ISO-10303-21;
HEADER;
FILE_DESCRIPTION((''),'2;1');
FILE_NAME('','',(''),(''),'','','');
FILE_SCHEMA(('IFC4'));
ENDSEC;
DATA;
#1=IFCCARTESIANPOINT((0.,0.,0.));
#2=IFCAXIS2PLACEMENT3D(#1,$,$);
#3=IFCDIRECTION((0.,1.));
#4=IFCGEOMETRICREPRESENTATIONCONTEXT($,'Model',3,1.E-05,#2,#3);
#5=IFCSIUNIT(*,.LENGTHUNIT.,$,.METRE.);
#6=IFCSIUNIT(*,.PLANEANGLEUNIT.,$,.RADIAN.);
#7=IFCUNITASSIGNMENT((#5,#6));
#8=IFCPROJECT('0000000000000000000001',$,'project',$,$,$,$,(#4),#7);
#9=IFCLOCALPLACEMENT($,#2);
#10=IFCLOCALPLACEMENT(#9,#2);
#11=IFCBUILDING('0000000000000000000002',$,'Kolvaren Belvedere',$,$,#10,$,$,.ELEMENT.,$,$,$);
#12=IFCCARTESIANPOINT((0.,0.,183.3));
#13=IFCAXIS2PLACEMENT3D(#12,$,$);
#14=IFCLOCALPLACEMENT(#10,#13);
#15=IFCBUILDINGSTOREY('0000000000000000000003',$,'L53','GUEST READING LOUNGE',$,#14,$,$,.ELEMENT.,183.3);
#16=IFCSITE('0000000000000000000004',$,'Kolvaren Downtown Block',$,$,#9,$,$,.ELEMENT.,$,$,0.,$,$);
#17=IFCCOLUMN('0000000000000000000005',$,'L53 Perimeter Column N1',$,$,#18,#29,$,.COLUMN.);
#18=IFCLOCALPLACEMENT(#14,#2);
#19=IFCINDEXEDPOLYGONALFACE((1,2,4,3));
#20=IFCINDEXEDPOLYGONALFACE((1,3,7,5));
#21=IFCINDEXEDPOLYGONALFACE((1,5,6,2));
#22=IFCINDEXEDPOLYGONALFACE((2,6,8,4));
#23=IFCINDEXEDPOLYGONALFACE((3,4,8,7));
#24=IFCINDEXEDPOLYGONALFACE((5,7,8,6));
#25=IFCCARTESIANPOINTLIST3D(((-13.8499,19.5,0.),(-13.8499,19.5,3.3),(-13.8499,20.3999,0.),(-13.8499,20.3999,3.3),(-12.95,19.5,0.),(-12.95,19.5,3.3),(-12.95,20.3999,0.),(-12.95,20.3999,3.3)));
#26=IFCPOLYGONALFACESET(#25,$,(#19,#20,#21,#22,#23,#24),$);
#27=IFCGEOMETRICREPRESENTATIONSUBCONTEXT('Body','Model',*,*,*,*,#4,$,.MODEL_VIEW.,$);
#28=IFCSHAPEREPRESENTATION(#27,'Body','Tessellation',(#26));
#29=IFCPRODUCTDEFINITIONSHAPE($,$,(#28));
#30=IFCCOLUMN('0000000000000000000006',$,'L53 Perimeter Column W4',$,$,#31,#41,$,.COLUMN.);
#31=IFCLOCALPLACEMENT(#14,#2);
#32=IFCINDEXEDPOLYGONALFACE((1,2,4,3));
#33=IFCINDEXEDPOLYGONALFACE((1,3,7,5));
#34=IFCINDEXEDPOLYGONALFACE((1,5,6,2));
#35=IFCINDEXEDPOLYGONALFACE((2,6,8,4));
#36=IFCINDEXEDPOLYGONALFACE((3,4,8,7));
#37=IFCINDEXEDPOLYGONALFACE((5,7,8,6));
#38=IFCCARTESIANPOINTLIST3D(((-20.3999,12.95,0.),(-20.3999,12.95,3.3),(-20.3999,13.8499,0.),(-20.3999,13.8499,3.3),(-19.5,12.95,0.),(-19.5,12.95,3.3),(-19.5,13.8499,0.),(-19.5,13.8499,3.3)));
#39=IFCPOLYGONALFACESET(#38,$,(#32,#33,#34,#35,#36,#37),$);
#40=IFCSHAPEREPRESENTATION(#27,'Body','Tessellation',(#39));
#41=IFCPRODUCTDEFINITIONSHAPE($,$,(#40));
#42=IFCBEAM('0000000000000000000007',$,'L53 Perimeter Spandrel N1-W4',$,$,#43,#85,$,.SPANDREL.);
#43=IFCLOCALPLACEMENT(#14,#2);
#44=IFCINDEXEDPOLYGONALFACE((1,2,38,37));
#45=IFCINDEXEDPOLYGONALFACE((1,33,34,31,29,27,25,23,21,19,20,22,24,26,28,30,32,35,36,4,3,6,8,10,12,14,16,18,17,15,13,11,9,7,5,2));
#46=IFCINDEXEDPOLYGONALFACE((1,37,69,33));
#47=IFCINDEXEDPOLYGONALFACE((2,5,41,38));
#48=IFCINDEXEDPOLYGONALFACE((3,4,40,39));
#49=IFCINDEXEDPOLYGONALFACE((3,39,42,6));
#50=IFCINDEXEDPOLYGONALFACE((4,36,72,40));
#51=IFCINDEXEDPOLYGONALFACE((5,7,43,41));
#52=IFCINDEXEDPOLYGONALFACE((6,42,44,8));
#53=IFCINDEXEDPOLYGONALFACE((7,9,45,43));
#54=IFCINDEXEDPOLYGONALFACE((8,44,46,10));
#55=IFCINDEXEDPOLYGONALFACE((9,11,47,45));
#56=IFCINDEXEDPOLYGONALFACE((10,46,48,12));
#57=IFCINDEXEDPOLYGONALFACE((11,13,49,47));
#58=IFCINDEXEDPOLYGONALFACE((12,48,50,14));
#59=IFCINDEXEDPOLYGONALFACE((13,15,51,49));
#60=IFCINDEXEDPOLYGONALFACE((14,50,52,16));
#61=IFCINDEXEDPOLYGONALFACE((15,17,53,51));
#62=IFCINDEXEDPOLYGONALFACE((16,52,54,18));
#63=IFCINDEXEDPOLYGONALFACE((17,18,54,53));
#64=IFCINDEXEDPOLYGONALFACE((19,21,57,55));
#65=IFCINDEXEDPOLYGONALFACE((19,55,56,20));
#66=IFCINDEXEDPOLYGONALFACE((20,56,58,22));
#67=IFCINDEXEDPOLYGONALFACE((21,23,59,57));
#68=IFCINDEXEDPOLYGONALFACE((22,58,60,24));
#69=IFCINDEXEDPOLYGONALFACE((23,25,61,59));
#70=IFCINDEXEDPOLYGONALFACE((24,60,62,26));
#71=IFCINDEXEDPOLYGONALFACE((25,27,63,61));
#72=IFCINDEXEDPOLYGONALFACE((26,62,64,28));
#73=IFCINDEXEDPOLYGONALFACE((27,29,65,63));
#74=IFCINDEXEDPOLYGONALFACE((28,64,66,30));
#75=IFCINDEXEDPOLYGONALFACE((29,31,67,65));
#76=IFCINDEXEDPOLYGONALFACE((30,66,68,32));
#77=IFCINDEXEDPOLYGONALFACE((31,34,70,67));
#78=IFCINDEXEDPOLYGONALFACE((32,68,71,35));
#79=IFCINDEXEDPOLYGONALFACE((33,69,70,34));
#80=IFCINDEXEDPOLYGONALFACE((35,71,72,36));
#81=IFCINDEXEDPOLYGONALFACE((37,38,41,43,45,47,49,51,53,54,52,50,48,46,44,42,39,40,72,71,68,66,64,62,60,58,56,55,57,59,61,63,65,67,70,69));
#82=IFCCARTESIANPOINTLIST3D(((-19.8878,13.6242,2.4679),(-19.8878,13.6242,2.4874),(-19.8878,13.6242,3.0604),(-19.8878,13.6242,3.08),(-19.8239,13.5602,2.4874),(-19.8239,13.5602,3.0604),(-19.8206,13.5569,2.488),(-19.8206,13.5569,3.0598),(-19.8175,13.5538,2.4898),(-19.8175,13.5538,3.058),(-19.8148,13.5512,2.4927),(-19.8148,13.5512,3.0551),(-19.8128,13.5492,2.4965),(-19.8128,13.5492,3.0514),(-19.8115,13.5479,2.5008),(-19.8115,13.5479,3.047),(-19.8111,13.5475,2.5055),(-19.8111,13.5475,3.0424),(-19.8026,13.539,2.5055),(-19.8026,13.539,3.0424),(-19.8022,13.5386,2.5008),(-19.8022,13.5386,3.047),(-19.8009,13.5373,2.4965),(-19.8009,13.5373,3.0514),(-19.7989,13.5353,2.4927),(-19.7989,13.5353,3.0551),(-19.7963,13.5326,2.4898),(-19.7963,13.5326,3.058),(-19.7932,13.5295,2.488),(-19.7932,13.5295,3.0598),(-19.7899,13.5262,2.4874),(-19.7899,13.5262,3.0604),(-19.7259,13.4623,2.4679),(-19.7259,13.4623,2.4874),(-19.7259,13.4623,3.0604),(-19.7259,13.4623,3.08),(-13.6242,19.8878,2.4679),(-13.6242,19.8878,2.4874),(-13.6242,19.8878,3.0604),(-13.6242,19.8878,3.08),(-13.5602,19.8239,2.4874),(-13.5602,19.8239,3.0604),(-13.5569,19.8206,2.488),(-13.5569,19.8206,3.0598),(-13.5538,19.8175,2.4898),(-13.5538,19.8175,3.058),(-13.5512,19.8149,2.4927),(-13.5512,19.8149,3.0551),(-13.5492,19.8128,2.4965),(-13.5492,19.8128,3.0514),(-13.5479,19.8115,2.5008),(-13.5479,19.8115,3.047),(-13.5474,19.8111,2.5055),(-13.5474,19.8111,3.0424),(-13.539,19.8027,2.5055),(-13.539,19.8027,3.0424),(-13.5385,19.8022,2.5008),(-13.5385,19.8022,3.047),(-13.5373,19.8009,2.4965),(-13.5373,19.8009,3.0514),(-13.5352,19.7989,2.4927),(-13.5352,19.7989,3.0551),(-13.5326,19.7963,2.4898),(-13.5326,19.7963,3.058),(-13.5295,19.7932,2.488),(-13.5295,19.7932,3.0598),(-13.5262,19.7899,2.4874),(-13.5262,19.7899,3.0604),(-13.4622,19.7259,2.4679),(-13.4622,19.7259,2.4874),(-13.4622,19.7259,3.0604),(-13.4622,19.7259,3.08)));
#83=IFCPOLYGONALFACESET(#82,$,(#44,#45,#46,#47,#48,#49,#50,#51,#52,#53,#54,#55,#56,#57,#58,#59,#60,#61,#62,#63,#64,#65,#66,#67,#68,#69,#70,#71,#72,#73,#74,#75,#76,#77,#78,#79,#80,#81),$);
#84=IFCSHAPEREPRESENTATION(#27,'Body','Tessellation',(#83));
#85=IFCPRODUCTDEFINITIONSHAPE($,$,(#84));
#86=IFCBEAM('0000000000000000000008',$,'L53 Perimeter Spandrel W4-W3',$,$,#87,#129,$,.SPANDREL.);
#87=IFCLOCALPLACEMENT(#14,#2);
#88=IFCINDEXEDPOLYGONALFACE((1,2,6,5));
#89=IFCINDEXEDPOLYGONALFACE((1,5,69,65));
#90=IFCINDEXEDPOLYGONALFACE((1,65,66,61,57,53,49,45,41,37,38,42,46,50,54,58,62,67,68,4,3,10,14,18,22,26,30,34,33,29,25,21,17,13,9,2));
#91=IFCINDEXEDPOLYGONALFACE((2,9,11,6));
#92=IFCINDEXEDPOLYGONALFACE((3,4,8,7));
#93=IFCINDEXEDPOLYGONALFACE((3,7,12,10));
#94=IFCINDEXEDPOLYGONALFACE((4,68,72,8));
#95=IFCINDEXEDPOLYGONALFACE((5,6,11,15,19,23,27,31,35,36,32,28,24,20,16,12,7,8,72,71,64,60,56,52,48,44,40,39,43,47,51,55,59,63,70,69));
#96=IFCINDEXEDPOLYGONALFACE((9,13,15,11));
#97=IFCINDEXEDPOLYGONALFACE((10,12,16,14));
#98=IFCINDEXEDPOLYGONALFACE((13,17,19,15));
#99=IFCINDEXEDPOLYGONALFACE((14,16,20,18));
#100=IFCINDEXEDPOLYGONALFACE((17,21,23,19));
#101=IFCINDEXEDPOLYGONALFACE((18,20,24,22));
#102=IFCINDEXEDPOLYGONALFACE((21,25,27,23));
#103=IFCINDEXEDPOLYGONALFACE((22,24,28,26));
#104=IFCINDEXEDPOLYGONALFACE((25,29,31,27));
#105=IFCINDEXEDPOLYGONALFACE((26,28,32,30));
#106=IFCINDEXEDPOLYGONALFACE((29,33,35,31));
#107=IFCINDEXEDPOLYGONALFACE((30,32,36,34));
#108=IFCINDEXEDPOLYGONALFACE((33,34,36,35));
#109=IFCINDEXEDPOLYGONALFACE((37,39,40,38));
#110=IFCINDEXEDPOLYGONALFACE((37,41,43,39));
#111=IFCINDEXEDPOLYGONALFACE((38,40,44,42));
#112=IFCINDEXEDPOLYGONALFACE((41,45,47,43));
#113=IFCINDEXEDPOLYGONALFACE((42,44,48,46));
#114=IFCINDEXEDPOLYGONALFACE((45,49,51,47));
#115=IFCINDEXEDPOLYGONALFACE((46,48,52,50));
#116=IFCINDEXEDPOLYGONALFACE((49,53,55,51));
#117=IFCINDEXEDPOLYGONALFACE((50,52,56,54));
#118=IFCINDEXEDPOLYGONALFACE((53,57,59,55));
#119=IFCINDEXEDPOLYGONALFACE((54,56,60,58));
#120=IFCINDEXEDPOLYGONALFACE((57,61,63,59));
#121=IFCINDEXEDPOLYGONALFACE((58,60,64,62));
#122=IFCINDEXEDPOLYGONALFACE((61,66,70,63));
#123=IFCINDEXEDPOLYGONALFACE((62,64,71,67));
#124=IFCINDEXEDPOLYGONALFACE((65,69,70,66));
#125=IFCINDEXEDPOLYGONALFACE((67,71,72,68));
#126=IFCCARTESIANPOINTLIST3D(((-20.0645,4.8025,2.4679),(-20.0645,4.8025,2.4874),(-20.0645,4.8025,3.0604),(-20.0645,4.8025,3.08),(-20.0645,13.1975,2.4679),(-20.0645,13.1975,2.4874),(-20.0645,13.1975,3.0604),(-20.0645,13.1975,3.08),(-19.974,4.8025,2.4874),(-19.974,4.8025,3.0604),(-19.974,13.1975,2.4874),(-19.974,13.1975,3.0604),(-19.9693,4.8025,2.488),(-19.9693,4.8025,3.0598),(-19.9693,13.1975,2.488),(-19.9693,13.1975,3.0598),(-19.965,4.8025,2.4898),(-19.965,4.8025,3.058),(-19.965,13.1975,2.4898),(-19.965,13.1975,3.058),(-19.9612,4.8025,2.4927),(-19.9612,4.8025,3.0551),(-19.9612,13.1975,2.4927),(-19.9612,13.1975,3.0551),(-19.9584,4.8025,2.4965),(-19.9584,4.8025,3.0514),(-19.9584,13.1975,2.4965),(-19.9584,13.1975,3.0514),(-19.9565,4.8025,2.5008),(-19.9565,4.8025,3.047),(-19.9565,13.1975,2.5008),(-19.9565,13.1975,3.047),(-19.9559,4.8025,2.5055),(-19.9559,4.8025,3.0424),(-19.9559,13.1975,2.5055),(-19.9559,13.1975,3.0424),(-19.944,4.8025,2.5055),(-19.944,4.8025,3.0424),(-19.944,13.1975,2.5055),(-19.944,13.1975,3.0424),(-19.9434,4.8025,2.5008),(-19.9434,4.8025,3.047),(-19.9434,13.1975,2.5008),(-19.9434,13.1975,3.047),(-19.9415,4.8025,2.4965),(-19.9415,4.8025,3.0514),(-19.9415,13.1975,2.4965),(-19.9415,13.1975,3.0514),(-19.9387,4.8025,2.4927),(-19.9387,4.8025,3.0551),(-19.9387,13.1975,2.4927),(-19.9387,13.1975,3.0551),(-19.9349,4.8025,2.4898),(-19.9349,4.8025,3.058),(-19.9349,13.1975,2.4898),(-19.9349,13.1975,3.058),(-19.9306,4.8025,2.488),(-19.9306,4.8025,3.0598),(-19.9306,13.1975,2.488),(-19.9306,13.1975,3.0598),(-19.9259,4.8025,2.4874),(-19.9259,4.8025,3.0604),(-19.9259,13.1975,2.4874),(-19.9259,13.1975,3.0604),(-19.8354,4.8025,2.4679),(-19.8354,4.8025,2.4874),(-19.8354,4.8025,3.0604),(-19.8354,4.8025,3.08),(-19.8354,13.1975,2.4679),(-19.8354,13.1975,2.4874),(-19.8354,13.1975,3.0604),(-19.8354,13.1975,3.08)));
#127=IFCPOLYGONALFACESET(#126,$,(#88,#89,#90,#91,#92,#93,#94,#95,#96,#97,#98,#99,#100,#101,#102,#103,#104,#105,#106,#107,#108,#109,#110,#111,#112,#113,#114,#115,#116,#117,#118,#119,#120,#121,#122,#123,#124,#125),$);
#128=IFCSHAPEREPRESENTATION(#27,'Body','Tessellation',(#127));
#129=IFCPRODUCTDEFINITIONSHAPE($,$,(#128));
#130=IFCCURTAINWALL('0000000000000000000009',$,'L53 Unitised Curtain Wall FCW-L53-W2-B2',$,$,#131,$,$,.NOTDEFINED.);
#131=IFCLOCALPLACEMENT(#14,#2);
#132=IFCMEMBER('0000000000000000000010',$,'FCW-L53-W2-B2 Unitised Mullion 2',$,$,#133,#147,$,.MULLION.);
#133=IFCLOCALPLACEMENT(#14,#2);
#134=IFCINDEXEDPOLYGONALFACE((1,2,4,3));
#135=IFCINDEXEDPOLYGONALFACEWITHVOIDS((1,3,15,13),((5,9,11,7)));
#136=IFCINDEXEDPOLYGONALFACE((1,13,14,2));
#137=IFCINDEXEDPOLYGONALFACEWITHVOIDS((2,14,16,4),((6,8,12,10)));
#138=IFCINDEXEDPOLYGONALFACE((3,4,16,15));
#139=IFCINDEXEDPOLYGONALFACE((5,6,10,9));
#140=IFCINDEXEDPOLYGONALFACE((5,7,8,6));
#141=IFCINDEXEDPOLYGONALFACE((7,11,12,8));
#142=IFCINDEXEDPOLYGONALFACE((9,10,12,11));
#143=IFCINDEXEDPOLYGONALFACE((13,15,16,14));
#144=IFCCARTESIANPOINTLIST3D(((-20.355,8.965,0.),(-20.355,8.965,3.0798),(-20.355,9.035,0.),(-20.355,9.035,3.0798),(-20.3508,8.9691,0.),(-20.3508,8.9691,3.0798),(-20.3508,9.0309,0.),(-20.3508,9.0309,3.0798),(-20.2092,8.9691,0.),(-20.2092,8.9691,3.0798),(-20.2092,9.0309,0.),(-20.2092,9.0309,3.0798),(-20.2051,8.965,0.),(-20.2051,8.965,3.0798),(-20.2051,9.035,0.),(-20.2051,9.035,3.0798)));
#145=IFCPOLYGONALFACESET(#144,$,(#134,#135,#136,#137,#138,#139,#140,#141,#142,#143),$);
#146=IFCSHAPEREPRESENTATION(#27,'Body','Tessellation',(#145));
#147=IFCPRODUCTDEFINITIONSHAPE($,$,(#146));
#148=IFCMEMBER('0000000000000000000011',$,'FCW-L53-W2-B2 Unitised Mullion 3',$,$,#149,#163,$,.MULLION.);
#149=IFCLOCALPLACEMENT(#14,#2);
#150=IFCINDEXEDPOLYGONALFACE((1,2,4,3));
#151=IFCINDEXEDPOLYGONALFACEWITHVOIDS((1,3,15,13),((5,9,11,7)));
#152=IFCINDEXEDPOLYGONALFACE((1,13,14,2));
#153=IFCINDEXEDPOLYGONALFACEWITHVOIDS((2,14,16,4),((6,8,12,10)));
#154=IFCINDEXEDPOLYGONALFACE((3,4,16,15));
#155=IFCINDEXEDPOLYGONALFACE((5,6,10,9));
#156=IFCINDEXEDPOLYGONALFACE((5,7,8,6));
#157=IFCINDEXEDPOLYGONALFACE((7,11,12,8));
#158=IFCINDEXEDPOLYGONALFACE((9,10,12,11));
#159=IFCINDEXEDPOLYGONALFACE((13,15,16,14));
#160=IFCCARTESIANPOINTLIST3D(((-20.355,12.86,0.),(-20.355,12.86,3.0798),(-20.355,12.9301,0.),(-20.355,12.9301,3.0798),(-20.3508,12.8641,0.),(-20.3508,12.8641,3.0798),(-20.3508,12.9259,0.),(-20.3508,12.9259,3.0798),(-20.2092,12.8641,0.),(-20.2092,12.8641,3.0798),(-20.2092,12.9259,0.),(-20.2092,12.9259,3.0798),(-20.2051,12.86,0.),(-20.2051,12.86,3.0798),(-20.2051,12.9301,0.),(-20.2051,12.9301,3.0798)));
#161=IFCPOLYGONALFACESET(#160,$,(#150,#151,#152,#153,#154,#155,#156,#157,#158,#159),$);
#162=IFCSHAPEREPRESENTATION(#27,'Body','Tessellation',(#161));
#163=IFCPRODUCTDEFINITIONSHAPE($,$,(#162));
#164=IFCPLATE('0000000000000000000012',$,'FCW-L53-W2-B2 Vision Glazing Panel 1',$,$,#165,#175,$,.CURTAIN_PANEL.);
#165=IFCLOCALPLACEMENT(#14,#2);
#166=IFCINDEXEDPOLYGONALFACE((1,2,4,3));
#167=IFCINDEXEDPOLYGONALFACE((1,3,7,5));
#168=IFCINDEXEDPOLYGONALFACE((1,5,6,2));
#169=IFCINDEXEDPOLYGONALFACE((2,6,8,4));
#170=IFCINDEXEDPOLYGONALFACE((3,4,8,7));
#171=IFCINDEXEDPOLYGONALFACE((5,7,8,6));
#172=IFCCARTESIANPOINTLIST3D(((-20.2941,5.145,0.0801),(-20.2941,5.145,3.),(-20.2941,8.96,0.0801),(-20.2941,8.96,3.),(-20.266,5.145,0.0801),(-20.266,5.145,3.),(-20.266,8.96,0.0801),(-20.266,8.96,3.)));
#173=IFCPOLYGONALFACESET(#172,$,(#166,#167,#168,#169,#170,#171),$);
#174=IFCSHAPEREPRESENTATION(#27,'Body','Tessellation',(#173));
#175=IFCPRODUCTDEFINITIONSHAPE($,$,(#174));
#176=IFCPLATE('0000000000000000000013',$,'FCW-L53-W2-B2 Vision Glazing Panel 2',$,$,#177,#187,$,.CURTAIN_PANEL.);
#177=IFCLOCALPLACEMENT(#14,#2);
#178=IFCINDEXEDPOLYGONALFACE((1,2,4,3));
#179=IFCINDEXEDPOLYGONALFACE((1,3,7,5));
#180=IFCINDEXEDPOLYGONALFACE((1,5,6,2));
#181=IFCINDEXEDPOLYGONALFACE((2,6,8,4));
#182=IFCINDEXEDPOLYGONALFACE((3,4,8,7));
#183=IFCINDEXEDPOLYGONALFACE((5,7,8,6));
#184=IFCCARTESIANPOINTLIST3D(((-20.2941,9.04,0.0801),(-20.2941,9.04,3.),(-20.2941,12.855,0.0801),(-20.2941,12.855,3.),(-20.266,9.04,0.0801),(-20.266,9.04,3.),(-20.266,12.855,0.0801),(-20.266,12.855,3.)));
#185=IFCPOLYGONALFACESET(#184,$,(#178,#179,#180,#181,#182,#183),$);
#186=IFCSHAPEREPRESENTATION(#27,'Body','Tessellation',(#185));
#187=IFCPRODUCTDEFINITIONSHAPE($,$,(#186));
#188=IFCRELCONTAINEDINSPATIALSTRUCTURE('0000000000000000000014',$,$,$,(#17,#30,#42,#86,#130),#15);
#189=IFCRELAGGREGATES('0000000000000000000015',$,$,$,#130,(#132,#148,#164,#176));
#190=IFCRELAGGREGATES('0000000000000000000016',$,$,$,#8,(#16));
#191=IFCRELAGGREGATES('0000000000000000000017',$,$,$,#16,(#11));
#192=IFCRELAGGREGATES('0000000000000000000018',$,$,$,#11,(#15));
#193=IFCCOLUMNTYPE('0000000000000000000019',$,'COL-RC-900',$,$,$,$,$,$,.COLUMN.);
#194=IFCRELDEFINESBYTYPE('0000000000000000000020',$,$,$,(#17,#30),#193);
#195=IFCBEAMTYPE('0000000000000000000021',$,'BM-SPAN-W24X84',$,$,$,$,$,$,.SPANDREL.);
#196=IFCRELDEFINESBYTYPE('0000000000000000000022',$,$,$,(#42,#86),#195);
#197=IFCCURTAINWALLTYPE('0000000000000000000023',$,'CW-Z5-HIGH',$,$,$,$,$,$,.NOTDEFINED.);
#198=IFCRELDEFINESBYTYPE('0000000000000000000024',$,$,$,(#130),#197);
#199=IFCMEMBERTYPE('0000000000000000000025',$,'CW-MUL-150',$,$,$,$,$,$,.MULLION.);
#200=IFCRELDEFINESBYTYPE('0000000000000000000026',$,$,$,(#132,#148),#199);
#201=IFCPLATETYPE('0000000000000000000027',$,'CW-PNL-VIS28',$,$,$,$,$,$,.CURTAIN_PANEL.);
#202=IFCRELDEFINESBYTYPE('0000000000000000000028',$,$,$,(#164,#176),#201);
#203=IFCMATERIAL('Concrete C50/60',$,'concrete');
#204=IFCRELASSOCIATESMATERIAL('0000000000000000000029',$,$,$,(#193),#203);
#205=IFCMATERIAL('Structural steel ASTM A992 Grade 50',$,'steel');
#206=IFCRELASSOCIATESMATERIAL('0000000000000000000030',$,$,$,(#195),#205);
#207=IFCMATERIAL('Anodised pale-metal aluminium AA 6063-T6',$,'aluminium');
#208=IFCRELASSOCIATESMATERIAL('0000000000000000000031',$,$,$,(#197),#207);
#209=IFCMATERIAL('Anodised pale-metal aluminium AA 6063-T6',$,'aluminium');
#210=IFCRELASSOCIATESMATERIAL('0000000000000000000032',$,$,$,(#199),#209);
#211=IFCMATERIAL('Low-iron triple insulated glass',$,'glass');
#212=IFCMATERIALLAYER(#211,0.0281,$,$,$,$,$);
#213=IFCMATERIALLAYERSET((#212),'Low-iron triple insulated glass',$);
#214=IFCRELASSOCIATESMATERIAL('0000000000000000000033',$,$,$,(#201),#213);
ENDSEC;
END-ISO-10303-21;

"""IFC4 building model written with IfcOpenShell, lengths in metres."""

from ifc_helpers import new_model, si_unit, direction, frame, origin, origin_2d, place, context, subcontext, project, spatial, rectangle, hollow_rectangle, i_section, extrude, material, layer, layer_set, material_profile, profile_set, type_object, element, aggregate, save


model = new_model("IFC4")

# Units and contexts
model_context = context("Model", 3, precision=1e-05, world=origin(), true_north=direction((0.0, 1.0)))
body_context = subcontext(model_context, "Body", "Model", "MODEL_VIEW")
ifc_project = project(units=[si_unit("LENGTHUNIT", "METRE"), si_unit("PLANEANGLEUNIT", "RADIAN")], contexts=[model_context])

# Site, building, storey
site_placement = place(None, origin())
site = spatial("IfcSite", under=ifc_project, at=site_placement, Name="Kolvaren Downtown Block", CompositionType="ELEMENT", RefElevation=0.0)
building_placement = place(site_placement, origin())
building = spatial("IfcBuilding", under=site, at=building_placement, Name="Kolvaren Belvedere", CompositionType="ELEMENT")
storey_placement = place(building_placement, frame((0.0, 0.0, 183.3)))
storey = spatial("IfcBuildingStorey", under=building, at=storey_placement, Name="L53", Description="GUEST READING LOUNGE", CompositionType="ELEMENT", Elevation=183.3)

# Columns
ifc_material_1 = material(Name="Concrete C50/60", Category="concrete")
ifc_material_profile_1 = material_profile(ifc_material_1, rectangle(XDim=0.8999, YDim=0.8999, at=origin_2d()), Name="RC 900X900")
ifc_profile_set_1 = profile_set([ifc_material_profile_1], Name="Concrete C50/60")
column_type = type_object("IfcColumnType", Name="COL-RC-900", PredefinedType="COLUMN", material=ifc_profile_set_1)
for number, where, z_axis, x_axis, name in (
    (1, (-13.3999, 19.95, 0.0), (0.0, 0.0, 1.0), (1.0, 0.0, 0.0), "L53 Perimeter Column N1"),
    (2, (-19.95, 13.3999, 0.0), (0.0, 0.0, 1.0), (1.0, 0.0, 0.0), "L53 Perimeter Column W4"),
):
    element("IfcColumn", number, at=place(storey_placement, frame(where, z_axis=z_axis, x_axis=x_axis)), inside=storey, type_object=column_type, Name=name, PredefinedType="COLUMN", context=body_context, shape_type="SweptSolid", body=[
        extrude(rectangle(XDim=0.8999, YDim=0.8999, at=origin_2d()), origin(), (0.0, 0.0, 1.0), 3.3),
    ])

# Beams
ifc_material_2 = material(Name="Structural steel ASTM A992 Grade 50", Category="steel")
ifc_material_profile_2 = material_profile(ifc_material_2, i_section(OverallWidth=0.229, OverallDepth=0.6121, WebThickness=0.012, FlangeThickness=0.0195, FilletRadius=0.0181, at=origin_2d()), Name="W24X84")
ifc_profile_set_2 = profile_set([ifc_material_profile_2], Name="Structural steel ASTM A992 Grade 50")
beam_type = type_object("IfcBeamType", Name="BM-SPAN-W24X84", PredefinedType="SPANDREL", material=ifc_profile_set_2)
beam_1_placement = place(storey_placement, frame((-13.5432, 19.8069, 2.7739), z_axis=(-0.707107, -0.707107, 0.0), x_axis=(0.707107, -0.707107, 0.0)))
element("IfcBeam", 3, at=beam_1_placement, inside=storey, type_object=beam_type, Name="L53 Perimeter Spandrel N1-W4", PredefinedType="SPANDREL", context=body_context, shape_type="SweptSolid", body=[
    extrude(i_section(OverallWidth=0.229, OverallDepth=0.6121, WebThickness=0.012, FlangeThickness=0.0195, FilletRadius=0.0181, at=origin_2d()), origin(), (0.0, 0.0, 1.0), 8.8582),
])
beam_2_placement = place(storey_placement, frame((-19.95, 13.1975, 2.7739), z_axis=(0.0, -1.0, 0.0), x_axis=(1.0, 0.0, 0.0)))
element("IfcBeam", 4, at=beam_2_placement, inside=storey, type_object=beam_type, Name="L53 Perimeter Spandrel W4-W3", PredefinedType="SPANDREL", context=body_context, shape_type="SweptSolid", body=[
    extrude(i_section(OverallWidth=0.229, OverallDepth=0.6121, WebThickness=0.012, FlangeThickness=0.0195, FilletRadius=0.0181, at=origin_2d()), origin(), (0.0, 0.0, 1.0), 8.395),
])

# Curtain wall, members, plates
ifc_material_3 = material(Name="Anodised pale-metal aluminium AA 6063-T6", Category="aluminium")
curtain_wall_type = type_object("IfcCurtainWallType", Name="CW-Z5-HIGH", PredefinedType="NOTDEFINED", material=ifc_material_3)
curtain_wall_placement = place(storey_placement, origin())
curtain_wall = element("IfcCurtainWall", 5, at=curtain_wall_placement, inside=storey, type_object=curtain_wall_type, Name="L53 Unitised Curtain Wall FCW-L53-W2-B2", PredefinedType="NOTDEFINED")
ifc_material_4 = material(Name="Anodised pale-metal aluminium AA 6063-T6", Category="aluminium")
ifc_material_profile_3 = material_profile(ifc_material_4, hollow_rectangle(XDim=0.0701, YDim=0.1499, WallThickness=0.0042, at=origin_2d()), Name="ALU-MUL-150X70")
ifc_profile_set_3 = profile_set([ifc_material_profile_3], Name="Anodised pale-metal aluminium AA 6063-T6")
member_type = type_object("IfcMemberType", Name="CW-MUL-150", PredefinedType="MULLION", material=ifc_profile_set_3)
member_1_placement = place(storey_placement, frame((-20.28, 9.0, 0.0), z_axis=(0.0, 0.0, 1.0), x_axis=(0.0, 1.0, 0.0)))
member_1 = element("IfcMember", 6, at=member_1_placement, type_object=member_type, Name="FCW-L53-W2-B2 Unitised Mullion 2", PredefinedType="MULLION", context=body_context, shape_type="SweptSolid", body=[
    extrude(hollow_rectangle(XDim=0.0701, YDim=0.1499, WallThickness=0.0042, at=origin_2d()), origin(), (0.0, 0.0, 1.0), 3.0798),
])
member_2_placement = place(storey_placement, frame((-20.28, 12.895, 0.0), z_axis=(0.0, 0.0, 1.0), x_axis=(0.0, 1.0, 0.0)))
member_2 = element("IfcMember", 7, at=member_2_placement, type_object=member_type, Name="FCW-L53-W2-B2 Unitised Mullion 3", PredefinedType="MULLION", context=body_context, shape_type="SweptSolid", body=[
    extrude(hollow_rectangle(XDim=0.0701, YDim=0.1499, WallThickness=0.0042, at=origin_2d()), origin(), (0.0, 0.0, 1.0), 3.0798),
])
ifc_material_5 = material(Name="Low-iron triple insulated glass", Category="glass")
ifc_layer_1 = layer(ifc_material_5, 0.0281)
ifc_layer_set_1 = layer_set([ifc_layer_1], Name="Low-iron triple insulated glass")
plate_type_1 = type_object("IfcPlateType", Name="CW-PNL-VIS28", PredefinedType="CURTAIN_PANEL", material=ifc_layer_set_1)
plate_1_placement = place(storey_placement, frame((-20.28, 7.0525, 0.0801), z_axis=(0.0, 0.0, 1.0), x_axis=(0.0, 1.0, 0.0)))
plate_1 = element("IfcPlate", 8, at=plate_1_placement, type_object=plate_type_1, Name="FCW-L53-W2-B2 Vision Glazing Panel 1", PredefinedType="CURTAIN_PANEL", context=body_context, shape_type="SweptSolid", body=[
    extrude(rectangle(XDim=3.8149, YDim=0.0281, at=origin_2d()), origin(), (0.0, 0.0, 1.0), 2.9199),
])
plate_2_placement = place(storey_placement, frame((-20.28, 10.9475, 0.0801), z_axis=(0.0, 0.0, 1.0), x_axis=(0.0, 1.0, 0.0)))
plate_2 = element("IfcPlate", 9, at=plate_2_placement, type_object=plate_type_1, Name="FCW-L53-W2-B2 Vision Glazing Panel 2", PredefinedType="CURTAIN_PANEL", context=body_context, shape_type="SweptSolid", body=[
    extrude(rectangle(XDim=3.8149, YDim=0.0281, at=origin_2d()), origin(), (0.0, 0.0, 1.0), 2.9199),
])
aggregate(curtain_wall, [member_1, member_2, plate_1, plate_2])

save(model, "model.ifc")
